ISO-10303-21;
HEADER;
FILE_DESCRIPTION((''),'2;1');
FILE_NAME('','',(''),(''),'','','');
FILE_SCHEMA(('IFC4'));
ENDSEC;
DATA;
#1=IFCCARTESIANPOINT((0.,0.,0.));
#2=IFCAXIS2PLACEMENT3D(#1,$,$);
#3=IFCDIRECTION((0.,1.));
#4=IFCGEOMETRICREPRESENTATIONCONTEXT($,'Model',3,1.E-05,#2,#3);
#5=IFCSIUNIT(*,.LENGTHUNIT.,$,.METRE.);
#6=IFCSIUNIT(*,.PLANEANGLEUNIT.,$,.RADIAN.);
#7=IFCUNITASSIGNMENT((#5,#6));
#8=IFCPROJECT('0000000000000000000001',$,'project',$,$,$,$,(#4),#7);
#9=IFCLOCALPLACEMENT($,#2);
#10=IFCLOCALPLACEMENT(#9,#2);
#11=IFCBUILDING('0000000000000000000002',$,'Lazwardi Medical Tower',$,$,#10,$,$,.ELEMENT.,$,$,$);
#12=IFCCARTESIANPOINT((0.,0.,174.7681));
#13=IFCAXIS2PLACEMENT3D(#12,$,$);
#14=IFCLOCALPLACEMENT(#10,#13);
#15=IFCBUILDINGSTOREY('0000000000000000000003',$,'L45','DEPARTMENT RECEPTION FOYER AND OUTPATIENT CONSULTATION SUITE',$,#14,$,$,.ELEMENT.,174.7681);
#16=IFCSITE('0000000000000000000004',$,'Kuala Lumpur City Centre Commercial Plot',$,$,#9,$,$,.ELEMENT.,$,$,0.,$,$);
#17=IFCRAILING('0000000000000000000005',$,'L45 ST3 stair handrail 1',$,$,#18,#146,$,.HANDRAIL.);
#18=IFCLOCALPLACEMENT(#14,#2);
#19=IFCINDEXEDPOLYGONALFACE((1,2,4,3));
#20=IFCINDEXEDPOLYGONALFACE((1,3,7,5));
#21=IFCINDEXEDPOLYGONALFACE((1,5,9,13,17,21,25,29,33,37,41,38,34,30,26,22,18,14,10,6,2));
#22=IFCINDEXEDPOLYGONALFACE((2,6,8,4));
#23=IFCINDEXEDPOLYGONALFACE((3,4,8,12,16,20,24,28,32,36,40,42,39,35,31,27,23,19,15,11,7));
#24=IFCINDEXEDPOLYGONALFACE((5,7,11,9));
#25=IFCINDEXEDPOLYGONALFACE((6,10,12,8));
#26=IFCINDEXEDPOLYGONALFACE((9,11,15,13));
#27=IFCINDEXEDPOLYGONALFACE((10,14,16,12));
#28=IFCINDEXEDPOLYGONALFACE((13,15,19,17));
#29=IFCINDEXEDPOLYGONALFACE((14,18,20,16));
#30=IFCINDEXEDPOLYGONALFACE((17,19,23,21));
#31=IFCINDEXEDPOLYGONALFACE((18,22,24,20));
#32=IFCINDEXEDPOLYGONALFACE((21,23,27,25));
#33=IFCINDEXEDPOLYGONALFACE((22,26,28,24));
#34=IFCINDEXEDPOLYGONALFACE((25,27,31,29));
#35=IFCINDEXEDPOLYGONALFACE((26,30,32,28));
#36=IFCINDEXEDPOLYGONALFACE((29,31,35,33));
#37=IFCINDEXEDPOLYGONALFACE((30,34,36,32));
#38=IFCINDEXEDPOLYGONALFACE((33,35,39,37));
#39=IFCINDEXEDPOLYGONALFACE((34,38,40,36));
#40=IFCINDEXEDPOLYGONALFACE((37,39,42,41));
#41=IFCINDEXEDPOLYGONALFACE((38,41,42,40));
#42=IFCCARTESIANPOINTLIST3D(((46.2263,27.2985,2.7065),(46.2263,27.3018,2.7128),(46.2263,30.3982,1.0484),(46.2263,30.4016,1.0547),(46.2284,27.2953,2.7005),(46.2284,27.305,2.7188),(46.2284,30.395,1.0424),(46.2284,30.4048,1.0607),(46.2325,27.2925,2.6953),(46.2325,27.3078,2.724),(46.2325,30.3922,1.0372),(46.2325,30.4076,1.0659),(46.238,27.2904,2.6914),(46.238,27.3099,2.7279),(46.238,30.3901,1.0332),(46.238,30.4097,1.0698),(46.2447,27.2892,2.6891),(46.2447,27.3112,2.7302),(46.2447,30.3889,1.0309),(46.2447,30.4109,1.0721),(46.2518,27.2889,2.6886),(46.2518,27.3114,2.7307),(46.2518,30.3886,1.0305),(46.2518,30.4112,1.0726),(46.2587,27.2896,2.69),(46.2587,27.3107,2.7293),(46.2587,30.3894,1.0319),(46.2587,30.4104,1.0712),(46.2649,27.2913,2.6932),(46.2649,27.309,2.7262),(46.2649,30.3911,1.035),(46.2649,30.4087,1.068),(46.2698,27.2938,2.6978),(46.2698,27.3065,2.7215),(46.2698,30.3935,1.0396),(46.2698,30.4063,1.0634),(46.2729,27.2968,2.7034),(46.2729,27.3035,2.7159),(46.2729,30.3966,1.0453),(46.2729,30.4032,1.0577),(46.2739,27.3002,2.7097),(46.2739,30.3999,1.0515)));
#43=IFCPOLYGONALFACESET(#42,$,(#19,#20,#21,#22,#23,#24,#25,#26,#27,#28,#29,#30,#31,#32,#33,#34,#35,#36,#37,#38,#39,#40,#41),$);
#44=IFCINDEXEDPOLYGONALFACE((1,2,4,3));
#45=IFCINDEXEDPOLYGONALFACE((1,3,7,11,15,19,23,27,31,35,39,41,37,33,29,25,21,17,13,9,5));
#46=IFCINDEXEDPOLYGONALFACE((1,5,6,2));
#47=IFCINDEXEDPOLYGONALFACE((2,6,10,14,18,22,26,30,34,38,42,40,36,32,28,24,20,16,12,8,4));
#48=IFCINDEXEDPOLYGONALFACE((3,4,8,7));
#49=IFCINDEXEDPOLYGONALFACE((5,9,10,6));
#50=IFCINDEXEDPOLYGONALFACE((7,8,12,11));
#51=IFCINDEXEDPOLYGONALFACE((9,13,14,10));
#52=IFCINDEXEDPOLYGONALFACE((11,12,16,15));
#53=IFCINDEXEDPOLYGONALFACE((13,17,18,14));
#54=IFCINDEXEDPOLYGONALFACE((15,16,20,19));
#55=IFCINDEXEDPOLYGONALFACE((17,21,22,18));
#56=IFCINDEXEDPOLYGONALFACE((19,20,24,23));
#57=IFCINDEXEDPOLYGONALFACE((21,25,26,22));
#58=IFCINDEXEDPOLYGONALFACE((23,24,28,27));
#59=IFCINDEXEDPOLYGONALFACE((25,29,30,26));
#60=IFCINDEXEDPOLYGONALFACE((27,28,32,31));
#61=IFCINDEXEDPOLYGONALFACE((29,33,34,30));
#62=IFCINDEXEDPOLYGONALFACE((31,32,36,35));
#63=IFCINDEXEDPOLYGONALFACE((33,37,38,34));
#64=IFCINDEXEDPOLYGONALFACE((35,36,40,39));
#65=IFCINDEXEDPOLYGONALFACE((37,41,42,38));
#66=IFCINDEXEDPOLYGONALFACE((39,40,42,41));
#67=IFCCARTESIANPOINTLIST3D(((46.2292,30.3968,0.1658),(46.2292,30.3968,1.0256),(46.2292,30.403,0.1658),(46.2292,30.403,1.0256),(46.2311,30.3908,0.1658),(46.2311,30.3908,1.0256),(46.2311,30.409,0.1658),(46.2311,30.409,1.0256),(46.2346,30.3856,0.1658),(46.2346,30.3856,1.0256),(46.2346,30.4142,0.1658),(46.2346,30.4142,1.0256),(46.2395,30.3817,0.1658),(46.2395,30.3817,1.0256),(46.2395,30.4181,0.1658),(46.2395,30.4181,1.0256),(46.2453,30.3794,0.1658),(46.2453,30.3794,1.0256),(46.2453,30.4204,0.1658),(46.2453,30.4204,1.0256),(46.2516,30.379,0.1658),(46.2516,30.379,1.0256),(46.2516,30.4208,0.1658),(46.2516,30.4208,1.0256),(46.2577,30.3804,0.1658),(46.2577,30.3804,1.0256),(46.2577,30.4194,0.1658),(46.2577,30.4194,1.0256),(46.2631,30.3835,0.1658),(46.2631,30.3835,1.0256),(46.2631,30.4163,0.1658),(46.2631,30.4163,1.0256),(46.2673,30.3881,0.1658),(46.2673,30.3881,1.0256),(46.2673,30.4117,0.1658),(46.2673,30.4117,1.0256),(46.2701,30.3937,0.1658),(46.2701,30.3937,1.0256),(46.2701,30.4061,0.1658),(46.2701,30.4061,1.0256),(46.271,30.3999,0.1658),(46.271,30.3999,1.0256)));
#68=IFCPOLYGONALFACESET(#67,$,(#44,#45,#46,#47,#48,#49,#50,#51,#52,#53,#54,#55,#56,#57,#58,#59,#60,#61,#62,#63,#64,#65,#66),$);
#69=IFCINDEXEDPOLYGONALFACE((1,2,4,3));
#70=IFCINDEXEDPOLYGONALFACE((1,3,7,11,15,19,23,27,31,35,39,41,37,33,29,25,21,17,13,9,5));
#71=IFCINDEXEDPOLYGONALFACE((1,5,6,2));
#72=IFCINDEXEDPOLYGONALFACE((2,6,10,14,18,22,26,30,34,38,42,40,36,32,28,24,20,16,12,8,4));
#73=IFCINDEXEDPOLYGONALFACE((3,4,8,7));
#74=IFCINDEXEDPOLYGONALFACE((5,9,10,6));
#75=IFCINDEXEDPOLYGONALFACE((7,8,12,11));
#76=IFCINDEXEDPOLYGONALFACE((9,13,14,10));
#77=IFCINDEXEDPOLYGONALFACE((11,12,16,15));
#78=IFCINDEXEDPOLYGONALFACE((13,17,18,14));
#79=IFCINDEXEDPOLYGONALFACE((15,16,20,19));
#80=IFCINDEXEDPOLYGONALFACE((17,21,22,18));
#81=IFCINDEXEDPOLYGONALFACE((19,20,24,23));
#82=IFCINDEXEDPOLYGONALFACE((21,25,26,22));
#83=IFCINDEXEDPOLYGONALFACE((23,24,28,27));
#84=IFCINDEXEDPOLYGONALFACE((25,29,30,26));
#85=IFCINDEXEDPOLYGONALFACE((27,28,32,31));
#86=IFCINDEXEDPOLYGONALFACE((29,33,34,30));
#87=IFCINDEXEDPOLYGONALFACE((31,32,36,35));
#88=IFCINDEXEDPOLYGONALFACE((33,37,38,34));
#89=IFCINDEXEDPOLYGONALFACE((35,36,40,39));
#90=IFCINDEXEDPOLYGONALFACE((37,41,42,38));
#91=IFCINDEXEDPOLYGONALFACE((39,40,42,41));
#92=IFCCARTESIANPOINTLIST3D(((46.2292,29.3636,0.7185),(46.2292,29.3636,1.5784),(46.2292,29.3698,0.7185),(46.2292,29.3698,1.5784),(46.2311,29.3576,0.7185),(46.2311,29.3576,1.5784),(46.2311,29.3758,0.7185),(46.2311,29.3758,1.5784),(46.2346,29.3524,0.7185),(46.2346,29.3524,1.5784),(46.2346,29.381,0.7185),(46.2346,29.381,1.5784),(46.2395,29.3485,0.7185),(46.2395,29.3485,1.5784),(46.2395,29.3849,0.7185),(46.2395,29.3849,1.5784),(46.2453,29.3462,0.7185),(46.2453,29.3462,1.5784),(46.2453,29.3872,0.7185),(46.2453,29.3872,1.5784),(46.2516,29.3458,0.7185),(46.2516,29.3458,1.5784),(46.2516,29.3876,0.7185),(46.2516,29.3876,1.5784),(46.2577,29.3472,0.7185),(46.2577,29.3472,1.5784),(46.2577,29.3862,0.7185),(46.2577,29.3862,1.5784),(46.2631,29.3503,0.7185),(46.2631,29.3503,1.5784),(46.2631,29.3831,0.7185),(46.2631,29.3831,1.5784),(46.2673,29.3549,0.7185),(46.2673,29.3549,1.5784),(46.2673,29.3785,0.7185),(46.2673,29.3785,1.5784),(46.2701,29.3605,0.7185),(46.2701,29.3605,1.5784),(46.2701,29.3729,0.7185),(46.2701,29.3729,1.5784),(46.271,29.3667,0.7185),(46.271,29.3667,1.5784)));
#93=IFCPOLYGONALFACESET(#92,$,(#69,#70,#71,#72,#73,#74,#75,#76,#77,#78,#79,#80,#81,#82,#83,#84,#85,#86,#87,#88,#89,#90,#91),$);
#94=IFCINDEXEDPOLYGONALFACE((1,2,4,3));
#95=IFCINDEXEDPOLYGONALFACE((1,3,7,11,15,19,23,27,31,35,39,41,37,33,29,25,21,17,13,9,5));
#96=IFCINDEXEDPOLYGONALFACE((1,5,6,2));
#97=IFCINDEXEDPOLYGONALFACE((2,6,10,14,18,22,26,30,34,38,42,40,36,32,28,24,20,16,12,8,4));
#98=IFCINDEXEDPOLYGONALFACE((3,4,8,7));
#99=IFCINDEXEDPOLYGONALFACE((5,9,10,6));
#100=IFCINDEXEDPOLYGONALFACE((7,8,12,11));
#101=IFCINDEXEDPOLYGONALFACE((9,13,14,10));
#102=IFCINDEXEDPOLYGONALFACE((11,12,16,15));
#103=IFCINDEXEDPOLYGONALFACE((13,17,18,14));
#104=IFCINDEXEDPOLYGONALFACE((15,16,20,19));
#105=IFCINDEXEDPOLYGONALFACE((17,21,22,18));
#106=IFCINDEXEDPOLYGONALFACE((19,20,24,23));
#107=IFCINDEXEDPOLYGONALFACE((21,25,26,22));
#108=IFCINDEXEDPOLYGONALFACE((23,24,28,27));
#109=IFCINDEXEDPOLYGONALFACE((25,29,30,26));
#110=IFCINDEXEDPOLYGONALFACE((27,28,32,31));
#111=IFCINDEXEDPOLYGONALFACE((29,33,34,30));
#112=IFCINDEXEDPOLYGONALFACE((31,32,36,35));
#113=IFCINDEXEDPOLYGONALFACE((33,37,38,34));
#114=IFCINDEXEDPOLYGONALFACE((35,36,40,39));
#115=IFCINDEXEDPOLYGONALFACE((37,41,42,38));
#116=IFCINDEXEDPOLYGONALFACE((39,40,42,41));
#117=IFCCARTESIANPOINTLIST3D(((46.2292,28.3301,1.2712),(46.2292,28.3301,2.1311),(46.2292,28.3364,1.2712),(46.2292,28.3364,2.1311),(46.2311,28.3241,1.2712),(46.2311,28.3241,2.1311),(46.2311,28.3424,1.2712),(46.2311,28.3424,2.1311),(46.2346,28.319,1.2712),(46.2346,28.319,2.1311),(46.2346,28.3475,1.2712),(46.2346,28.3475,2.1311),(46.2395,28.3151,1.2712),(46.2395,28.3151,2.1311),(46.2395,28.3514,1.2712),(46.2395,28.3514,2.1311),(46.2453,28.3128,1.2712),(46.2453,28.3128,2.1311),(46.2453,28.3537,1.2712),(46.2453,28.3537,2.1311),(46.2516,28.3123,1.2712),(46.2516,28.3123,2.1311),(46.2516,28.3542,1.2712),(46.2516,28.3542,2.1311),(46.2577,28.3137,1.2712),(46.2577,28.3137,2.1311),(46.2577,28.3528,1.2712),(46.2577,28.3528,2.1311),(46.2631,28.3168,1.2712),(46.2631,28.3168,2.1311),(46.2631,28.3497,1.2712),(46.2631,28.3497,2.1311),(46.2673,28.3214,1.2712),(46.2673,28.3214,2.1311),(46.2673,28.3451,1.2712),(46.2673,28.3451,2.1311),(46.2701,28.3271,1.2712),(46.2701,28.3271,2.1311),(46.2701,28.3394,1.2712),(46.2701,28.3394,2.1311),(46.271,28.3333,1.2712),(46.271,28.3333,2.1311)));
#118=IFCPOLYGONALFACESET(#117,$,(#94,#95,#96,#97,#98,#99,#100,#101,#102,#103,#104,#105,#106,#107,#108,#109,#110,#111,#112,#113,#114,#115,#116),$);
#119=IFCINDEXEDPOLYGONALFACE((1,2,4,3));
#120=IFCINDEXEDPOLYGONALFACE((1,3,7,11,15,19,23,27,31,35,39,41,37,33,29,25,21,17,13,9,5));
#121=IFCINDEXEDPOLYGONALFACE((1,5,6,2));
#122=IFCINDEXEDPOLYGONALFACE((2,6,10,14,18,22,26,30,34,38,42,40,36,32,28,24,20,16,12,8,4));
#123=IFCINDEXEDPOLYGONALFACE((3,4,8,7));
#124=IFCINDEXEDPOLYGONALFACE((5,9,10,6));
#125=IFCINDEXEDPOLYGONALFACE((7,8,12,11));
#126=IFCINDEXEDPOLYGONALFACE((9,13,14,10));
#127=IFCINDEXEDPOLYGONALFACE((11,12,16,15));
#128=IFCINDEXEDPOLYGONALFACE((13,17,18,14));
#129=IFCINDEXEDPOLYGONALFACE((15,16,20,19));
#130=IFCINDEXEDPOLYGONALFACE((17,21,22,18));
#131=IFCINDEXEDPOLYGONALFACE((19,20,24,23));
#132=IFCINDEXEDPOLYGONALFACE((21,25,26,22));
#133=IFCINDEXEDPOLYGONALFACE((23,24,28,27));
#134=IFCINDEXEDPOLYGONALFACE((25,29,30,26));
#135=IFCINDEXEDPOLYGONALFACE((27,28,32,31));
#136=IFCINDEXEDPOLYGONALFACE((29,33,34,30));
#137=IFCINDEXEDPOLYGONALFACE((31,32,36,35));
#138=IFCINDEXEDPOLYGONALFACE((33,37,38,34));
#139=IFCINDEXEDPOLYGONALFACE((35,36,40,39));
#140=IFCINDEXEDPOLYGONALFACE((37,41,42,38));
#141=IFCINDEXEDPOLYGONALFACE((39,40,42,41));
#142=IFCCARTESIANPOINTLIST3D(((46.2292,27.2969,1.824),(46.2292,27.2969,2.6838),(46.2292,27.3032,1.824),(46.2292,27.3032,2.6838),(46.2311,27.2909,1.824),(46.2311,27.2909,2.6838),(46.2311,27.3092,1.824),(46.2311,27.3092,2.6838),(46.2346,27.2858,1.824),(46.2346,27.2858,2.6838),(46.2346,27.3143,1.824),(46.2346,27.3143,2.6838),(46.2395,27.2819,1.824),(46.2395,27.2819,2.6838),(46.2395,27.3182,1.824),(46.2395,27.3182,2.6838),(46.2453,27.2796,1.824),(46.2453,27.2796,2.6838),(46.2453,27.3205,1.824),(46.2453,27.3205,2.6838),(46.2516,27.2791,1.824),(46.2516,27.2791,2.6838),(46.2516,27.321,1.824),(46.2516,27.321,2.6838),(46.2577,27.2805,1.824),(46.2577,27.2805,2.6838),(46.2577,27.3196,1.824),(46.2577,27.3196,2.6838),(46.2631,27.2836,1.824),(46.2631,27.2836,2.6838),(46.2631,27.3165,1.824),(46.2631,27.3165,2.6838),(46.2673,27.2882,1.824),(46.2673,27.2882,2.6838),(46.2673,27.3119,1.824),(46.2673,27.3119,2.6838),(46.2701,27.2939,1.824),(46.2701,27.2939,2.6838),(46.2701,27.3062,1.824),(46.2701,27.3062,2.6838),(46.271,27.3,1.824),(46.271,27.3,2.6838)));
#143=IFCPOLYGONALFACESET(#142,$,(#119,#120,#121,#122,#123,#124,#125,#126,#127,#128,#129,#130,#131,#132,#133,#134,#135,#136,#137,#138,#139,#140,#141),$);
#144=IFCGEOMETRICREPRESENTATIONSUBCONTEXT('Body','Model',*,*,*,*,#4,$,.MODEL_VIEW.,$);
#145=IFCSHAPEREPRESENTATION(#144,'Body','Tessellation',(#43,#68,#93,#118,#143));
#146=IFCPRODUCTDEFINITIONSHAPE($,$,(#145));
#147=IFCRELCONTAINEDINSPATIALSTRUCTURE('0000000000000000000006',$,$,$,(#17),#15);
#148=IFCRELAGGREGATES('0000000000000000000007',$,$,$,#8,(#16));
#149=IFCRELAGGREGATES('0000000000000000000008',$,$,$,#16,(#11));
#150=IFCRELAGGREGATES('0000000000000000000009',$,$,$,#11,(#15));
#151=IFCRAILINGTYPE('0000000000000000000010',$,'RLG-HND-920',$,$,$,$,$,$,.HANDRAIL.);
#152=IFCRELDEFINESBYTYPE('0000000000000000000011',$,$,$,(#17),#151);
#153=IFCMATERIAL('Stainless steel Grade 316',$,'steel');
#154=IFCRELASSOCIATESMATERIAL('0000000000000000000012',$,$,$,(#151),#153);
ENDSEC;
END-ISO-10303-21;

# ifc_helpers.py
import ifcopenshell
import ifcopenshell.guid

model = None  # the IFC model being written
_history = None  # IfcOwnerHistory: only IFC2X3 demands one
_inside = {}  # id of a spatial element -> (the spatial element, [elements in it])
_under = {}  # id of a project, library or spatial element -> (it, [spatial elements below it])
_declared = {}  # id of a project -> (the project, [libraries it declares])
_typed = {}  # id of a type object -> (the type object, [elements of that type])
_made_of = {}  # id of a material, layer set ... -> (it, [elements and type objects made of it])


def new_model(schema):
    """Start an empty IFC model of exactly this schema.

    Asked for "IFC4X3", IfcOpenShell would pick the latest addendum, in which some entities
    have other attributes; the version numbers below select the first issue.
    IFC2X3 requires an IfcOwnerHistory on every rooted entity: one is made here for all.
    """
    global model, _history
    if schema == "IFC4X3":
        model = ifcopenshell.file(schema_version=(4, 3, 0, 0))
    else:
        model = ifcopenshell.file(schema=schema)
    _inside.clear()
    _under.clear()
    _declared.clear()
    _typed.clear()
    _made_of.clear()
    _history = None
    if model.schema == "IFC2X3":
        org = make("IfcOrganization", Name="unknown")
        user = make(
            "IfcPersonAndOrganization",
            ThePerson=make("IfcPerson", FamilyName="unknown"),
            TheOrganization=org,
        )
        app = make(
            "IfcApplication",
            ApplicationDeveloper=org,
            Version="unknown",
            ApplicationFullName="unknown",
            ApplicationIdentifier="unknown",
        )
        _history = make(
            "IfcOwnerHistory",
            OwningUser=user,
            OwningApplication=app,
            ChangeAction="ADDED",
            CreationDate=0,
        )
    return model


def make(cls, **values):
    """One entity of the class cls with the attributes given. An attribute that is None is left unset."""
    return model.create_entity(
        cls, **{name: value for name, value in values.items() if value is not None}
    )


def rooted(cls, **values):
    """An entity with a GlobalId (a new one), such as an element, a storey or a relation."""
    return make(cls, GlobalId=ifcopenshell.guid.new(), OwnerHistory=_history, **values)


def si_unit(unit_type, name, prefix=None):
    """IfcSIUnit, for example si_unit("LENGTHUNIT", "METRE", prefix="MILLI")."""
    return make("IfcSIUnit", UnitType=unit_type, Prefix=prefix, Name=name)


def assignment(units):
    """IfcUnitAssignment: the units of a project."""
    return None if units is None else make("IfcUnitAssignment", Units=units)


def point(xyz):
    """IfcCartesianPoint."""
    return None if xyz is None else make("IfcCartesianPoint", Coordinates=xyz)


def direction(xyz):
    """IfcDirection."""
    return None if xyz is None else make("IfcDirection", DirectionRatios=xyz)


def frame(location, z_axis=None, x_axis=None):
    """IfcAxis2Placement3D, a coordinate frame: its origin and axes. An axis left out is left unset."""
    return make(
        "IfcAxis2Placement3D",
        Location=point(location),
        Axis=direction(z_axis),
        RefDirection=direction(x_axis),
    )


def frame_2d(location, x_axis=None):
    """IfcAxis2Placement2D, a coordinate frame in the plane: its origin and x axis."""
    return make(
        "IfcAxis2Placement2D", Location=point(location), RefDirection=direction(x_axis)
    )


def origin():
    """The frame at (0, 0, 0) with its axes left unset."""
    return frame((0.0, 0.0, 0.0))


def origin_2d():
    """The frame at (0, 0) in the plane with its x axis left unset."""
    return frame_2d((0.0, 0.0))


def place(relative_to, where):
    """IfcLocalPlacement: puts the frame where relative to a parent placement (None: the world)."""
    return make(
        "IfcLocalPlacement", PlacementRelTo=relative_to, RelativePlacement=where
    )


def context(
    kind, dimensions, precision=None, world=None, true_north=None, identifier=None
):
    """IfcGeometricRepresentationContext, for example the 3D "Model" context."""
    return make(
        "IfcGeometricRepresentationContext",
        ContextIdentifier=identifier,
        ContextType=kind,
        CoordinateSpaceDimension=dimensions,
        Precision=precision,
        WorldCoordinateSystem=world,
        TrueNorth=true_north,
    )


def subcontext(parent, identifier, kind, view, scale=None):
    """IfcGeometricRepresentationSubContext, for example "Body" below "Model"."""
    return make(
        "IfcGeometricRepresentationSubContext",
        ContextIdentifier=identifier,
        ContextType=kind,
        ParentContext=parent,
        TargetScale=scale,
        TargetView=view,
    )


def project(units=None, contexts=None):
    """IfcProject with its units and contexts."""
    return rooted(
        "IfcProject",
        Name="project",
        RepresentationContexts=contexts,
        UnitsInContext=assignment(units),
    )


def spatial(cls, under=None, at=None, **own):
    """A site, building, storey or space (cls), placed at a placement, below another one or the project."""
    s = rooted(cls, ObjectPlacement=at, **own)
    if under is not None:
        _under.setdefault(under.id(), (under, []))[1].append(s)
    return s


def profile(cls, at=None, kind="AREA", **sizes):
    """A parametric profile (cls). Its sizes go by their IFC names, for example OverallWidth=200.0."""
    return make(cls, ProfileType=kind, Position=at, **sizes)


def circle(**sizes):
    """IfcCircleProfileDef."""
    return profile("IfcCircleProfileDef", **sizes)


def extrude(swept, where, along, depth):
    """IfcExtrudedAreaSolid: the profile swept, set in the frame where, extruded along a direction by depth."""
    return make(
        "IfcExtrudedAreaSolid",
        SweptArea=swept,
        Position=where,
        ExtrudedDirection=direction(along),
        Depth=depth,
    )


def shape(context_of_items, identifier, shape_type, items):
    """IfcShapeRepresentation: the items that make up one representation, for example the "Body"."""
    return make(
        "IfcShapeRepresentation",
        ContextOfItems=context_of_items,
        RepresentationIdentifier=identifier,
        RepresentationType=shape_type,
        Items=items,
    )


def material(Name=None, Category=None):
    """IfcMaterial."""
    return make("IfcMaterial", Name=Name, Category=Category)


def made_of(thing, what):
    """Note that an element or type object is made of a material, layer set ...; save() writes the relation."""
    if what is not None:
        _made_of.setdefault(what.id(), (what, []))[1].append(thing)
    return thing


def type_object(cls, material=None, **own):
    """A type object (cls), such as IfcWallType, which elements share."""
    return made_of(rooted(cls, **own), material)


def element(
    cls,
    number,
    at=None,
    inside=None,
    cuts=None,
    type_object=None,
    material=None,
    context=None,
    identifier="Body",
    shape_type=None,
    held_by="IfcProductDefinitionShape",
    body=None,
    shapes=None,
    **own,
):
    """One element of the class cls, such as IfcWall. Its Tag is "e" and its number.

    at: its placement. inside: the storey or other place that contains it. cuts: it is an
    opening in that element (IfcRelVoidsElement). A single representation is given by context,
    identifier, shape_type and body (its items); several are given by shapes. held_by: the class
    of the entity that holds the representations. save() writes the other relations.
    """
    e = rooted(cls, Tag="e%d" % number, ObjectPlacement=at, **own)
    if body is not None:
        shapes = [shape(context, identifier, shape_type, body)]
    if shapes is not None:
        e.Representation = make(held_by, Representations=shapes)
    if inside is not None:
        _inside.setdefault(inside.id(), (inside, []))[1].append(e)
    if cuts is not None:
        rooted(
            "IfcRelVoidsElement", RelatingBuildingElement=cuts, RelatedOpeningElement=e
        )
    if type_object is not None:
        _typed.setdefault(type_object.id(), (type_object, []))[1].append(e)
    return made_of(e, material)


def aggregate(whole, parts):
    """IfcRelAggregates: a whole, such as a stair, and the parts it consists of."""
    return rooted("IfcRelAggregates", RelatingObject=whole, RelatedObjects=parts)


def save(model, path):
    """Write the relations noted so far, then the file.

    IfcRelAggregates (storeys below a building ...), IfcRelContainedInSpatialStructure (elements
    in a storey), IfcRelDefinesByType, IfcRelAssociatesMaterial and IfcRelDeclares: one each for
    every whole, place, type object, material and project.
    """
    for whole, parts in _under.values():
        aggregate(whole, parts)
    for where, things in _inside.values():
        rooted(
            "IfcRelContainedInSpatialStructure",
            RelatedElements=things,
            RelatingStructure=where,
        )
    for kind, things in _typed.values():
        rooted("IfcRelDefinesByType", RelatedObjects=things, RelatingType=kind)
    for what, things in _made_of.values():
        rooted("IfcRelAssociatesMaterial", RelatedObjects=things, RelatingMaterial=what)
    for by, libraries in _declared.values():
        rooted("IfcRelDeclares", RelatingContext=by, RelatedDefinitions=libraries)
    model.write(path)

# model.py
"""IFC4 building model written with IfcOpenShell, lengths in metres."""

from ifc_helpers import new_model, si_unit, direction, frame, origin, origin_2d, place, context, subcontext, project, spatial, circle, extrude, material, type_object, element, save


model = new_model("IFC4")

# Units and contexts
model_context = context("Model", 3, precision=1e-05, world=origin(), true_north=direction((0.0, 1.0)))
body_context = subcontext(model_context, "Body", "Model", "MODEL_VIEW")
ifc_project = project(units=[si_unit("LENGTHUNIT", "METRE"), si_unit("PLANEANGLEUNIT", "RADIAN")], contexts=[model_context])

# Site, building, storey
site_placement = place(None, origin())
site = spatial("IfcSite", under=ifc_project, at=site_placement, Name="Kuala Lumpur City Centre Commercial Plot", CompositionType="ELEMENT", RefElevation=0.0)
building_placement = place(site_placement, origin())
building = spatial("IfcBuilding", under=site, at=building_placement, Name="Lazwardi Medical Tower", CompositionType="ELEMENT")
storey_placement = place(building_placement, frame((0.0, 0.0, 174.7681)))
storey = spatial("IfcBuildingStorey", under=building, at=storey_placement, Name="L45", Description="DEPARTMENT RECEPTION FOYER AND OUTPATIENT CONSULTATION SUITE", CompositionType="ELEMENT", Elevation=174.7681)

# Railing
ifc_material_1 = material(Name="Stainless steel Grade 316", Category="steel")
railing_type_1 = type_object("IfcRailingType", Name="RLG-HND-920", PredefinedType="HANDRAIL", material=ifc_material_1)
railing_1_placement = place(storey_placement, frame((46.25, 30.3999, 0.1658)))
element("IfcRailing", 1, at=railing_1_placement, inside=storey, type_object=railing_type_1, Name="L45 ST3 stair handrail 1", PredefinedType="HANDRAIL", context=body_context, shape_type="SweptSolid", body=[
    extrude(circle(Radius=0.0239, at=origin_2d()), frame((0.0, 0.0, 0.8857), z_axis=(0.0, -0.881768, 0.471684), x_axis=(1.0, 0.0, 0.0)), (0.0, 0.0, 1.0), 3.5154),
    extrude(circle(Radius=0.021, at=origin_2d()), origin(), (0.0, 0.0, 1.0), 0.8599),
    extrude(circle(Radius=0.021, at=origin_2d()), frame((0.0, -1.0332, 0.5527)), (0.0, 0.0, 1.0), 0.8599),
    extrude(circle(Radius=0.021, at=origin_2d()), frame((0.0, -2.0667, 1.1055)), (0.0, 0.0, 1.0), 0.8599),
    extrude(circle(Radius=0.021, at=origin_2d()), frame((0.0, -3.0999, 1.6582)), (0.0, 0.0, 1.0), 0.8599),
])

save(model, "model.ifc")
